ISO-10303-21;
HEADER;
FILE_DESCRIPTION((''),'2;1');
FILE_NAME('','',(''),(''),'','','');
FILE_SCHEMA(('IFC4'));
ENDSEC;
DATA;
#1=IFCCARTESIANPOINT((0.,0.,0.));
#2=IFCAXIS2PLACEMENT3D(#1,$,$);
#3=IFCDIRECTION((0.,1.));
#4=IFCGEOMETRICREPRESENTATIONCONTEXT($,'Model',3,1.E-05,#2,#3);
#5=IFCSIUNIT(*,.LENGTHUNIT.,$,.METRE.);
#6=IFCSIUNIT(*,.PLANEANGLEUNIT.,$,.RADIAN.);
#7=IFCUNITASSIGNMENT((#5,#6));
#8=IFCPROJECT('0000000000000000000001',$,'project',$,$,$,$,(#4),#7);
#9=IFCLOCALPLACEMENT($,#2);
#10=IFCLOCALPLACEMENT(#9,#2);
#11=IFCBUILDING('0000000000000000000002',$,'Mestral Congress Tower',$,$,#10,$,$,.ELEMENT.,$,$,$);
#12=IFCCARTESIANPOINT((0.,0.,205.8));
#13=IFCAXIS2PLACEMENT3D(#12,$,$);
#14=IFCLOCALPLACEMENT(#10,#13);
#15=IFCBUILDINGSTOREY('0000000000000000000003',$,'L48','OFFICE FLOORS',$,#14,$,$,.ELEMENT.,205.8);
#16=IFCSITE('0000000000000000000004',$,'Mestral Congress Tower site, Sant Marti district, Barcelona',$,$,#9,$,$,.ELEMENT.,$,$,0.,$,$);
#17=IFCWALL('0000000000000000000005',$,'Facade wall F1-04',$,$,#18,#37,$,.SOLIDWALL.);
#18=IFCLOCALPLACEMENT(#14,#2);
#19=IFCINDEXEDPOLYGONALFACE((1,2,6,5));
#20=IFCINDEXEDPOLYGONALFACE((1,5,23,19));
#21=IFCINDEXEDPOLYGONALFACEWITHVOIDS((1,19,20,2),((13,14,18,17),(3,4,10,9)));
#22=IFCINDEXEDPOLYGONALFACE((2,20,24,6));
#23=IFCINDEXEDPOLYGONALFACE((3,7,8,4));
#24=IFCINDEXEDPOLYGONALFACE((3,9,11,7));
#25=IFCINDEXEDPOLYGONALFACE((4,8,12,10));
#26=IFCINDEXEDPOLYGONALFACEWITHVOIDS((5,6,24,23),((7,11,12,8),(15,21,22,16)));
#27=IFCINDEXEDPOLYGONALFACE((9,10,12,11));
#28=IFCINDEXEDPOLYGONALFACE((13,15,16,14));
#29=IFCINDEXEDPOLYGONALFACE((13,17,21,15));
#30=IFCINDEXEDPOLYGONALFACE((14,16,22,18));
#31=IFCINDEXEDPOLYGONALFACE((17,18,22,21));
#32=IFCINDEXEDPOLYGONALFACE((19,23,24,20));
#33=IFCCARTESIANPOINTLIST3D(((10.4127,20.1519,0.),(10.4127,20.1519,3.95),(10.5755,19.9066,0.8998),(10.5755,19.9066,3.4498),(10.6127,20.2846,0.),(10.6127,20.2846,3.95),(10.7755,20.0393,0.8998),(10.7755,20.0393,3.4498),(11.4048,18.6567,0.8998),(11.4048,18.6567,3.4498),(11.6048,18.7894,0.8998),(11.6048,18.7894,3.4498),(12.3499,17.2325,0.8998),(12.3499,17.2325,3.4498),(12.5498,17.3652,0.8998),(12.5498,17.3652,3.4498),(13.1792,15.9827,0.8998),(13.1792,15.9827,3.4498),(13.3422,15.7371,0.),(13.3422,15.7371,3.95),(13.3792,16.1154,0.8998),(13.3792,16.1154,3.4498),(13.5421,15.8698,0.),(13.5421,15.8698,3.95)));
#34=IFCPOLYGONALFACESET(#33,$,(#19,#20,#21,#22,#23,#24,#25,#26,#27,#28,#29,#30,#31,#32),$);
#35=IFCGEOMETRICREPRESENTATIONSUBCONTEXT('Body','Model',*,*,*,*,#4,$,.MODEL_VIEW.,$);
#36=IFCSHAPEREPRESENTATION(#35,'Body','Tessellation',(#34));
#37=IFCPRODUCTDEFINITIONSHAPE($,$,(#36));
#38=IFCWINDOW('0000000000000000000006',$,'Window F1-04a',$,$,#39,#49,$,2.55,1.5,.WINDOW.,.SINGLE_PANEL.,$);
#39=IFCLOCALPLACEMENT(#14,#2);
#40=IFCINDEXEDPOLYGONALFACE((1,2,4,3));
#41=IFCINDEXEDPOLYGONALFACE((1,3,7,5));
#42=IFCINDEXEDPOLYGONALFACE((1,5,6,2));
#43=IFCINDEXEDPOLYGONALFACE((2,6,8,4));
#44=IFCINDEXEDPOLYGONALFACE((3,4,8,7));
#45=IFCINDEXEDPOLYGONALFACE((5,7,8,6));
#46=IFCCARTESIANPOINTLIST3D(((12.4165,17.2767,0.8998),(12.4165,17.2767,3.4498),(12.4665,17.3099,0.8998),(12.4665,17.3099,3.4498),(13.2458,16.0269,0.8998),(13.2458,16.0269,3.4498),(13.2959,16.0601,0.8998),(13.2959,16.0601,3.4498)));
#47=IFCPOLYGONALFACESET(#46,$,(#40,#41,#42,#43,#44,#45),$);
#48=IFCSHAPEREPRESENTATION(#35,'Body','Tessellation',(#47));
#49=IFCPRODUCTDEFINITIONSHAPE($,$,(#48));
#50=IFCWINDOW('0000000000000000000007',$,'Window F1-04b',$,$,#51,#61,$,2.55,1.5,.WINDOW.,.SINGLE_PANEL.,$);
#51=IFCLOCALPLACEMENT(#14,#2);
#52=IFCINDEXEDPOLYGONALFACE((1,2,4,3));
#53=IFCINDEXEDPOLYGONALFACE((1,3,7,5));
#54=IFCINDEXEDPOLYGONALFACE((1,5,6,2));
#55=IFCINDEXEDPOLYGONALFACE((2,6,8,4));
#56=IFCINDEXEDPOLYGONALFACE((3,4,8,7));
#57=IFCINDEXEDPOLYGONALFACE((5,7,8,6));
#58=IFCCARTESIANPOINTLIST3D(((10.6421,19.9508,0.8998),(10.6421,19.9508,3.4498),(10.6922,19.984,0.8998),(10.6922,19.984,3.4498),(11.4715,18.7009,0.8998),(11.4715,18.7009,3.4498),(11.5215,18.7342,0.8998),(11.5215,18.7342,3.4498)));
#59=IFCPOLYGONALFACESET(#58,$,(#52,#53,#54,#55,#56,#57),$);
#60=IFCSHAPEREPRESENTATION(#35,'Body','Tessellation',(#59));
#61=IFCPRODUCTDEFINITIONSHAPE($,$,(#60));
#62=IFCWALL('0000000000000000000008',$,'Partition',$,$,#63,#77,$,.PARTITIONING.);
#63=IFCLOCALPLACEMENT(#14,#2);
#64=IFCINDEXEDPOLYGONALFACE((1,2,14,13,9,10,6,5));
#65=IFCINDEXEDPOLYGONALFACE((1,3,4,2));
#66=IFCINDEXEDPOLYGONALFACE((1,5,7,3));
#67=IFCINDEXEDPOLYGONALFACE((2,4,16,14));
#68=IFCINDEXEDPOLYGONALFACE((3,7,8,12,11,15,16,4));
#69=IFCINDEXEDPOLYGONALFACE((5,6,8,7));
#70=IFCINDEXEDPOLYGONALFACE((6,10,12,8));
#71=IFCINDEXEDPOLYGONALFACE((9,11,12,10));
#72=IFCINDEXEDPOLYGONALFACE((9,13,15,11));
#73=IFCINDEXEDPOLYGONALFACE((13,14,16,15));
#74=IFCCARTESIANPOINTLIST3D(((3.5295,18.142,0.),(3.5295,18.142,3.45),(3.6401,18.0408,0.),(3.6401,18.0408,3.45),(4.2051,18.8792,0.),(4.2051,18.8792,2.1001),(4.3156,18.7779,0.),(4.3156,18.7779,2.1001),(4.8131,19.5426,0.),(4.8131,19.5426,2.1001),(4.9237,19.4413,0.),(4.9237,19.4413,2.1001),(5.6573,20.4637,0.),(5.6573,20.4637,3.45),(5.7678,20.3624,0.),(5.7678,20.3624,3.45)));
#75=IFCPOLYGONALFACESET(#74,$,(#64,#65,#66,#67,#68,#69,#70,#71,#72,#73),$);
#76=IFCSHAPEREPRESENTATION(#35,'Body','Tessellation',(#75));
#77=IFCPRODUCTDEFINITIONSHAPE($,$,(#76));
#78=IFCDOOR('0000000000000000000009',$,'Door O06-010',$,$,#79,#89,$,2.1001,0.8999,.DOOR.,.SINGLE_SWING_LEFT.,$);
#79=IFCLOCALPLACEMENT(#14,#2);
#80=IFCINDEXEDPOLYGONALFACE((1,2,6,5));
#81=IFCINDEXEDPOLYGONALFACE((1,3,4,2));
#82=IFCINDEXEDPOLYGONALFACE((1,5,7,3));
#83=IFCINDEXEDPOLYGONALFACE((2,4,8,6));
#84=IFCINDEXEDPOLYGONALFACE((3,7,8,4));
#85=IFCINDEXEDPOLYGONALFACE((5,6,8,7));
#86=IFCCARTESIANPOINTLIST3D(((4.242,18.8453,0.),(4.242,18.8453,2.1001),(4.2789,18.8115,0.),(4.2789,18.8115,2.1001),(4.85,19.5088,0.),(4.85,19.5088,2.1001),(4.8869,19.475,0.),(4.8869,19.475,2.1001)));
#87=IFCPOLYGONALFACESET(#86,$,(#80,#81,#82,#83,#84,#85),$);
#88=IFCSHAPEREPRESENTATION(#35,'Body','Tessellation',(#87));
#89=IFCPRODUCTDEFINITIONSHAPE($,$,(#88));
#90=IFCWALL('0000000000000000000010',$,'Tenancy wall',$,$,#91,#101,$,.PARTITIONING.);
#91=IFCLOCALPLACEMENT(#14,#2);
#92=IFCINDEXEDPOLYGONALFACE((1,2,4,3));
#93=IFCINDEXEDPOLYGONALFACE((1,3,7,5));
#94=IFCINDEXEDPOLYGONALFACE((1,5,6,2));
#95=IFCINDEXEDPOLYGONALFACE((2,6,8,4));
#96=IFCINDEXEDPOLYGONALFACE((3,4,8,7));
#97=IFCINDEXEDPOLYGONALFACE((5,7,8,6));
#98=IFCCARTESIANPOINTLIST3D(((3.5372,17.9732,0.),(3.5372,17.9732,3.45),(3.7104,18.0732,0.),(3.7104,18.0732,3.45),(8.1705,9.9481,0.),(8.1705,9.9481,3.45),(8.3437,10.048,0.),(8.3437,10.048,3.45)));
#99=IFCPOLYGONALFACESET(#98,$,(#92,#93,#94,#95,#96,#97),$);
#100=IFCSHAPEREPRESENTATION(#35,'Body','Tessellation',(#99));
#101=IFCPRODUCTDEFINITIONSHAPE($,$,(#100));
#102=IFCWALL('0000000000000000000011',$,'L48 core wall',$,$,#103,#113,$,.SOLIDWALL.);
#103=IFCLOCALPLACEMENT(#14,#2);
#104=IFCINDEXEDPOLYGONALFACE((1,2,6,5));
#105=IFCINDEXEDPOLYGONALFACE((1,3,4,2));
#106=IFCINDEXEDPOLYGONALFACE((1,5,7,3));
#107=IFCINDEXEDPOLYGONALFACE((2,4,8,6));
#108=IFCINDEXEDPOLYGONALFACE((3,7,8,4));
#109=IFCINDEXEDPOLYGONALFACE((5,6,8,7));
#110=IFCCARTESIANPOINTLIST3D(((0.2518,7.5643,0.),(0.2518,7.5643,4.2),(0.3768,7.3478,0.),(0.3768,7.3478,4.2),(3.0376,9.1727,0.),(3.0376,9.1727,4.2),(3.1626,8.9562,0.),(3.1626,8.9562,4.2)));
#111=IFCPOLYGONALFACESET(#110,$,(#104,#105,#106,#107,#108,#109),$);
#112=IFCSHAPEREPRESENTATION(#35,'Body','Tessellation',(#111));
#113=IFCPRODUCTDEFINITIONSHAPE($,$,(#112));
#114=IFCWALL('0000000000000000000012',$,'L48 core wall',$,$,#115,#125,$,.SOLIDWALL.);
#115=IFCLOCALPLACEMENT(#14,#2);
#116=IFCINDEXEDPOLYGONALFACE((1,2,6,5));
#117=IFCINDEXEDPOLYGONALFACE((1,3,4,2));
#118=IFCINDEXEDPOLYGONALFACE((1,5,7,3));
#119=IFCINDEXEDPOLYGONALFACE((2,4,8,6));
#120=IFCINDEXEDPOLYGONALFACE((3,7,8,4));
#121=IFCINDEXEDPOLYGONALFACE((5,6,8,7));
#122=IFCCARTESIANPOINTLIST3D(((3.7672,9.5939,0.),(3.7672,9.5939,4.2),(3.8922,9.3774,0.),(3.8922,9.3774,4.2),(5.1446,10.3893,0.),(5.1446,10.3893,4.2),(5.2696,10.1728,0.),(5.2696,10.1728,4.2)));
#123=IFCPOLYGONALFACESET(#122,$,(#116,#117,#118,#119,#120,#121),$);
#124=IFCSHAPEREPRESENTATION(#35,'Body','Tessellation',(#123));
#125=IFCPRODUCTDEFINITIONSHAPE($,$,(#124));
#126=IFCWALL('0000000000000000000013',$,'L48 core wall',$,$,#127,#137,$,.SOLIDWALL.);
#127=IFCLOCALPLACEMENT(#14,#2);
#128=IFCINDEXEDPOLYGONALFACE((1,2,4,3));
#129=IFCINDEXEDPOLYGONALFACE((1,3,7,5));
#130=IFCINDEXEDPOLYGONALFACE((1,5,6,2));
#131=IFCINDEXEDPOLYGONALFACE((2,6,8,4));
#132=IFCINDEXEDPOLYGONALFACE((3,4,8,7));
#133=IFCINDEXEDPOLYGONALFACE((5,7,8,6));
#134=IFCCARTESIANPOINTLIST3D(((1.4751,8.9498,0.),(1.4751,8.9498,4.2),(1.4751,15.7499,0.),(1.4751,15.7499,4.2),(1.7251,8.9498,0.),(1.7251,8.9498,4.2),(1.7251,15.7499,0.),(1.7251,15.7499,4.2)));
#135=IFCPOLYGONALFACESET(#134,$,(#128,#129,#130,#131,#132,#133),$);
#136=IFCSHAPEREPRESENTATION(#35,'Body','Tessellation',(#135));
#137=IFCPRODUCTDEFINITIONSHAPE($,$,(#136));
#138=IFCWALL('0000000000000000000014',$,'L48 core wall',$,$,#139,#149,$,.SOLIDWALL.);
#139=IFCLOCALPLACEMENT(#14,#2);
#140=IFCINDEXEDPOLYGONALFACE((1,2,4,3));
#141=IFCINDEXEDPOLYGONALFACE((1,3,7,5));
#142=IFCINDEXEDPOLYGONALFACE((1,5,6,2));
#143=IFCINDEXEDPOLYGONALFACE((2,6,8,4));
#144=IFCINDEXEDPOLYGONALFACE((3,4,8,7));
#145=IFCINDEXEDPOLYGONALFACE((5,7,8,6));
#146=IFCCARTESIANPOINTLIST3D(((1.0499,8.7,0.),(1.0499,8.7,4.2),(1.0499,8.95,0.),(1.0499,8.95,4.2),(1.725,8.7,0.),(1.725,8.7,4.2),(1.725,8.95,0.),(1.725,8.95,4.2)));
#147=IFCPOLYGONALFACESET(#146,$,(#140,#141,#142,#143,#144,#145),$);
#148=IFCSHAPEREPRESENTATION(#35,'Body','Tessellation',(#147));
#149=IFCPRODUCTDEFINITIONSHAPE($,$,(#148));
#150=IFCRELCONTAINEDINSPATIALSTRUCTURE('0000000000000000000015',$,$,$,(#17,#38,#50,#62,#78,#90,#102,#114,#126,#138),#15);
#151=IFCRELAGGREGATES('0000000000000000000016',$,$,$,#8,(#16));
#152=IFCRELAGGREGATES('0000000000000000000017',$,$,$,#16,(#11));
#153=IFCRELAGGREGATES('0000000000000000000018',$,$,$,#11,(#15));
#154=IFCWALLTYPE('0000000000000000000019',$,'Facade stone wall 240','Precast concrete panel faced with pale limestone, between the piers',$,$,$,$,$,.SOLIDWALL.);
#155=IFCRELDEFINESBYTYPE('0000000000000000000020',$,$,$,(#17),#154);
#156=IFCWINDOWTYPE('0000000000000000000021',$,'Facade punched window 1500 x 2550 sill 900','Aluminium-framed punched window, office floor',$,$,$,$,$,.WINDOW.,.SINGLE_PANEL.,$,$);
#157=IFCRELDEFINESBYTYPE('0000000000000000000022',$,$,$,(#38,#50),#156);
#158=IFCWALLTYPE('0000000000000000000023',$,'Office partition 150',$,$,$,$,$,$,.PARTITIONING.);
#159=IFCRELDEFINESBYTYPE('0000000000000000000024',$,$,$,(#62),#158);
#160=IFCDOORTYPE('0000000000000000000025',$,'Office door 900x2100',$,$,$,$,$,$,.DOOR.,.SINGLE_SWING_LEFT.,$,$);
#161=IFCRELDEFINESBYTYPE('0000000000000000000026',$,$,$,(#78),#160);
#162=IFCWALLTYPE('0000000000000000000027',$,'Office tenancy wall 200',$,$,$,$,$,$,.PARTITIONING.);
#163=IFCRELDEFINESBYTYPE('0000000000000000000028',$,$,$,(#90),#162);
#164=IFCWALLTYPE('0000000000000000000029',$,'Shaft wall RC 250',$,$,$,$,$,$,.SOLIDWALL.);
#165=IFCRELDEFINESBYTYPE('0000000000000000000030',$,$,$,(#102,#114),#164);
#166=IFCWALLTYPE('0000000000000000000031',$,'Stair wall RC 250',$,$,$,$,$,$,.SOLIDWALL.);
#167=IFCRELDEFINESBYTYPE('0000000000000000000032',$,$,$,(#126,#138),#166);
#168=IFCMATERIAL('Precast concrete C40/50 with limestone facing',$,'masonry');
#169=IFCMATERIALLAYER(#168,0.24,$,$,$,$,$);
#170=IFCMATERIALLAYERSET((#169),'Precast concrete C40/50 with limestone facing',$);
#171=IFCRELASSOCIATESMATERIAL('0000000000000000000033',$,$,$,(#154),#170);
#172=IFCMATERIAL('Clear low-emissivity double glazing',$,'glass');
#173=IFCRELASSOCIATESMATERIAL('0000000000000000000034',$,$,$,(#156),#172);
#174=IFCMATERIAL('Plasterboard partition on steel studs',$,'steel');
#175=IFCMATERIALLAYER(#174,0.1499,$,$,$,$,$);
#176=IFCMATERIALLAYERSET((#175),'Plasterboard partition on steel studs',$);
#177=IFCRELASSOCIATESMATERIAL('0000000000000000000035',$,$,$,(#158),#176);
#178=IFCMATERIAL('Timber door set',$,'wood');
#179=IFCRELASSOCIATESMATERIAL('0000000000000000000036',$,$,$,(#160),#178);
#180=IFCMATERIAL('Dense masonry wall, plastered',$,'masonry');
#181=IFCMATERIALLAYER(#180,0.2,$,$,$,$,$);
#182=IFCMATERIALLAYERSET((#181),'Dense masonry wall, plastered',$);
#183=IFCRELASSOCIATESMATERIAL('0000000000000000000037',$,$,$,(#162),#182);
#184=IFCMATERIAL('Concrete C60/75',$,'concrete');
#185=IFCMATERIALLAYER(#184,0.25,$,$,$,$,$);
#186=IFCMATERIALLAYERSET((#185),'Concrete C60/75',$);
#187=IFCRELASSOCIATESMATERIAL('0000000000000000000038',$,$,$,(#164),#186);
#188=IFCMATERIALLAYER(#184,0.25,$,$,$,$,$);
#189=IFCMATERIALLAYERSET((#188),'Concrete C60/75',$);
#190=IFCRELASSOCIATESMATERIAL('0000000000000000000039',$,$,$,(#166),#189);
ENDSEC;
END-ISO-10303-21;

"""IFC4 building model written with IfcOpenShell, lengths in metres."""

from ifc_helpers import new_model, si_unit, direction, frame, frame_2d, origin, place, context, subcontext, project, spatial, rectangle, extrude, material, layer, layer_set, type_object, element, fill, save


model = new_model("IFC4")

# Units and contexts
model_context = context("Model", 3, precision=1e-05, world=origin(), true_north=direction((0.0, 1.0)))
body_context = subcontext(model_context, "Body", "Model", "MODEL_VIEW")
ifc_project = project(units=[si_unit("LENGTHUNIT", "METRE"), si_unit("PLANEANGLEUNIT", "RADIAN")], contexts=[model_context])

# Site, building, storey
site_placement = place(None, origin())
site = spatial("IfcSite", under=ifc_project, at=site_placement, Name="Mestral Congress Tower site, Sant Marti district, Barcelona", CompositionType="ELEMENT", RefElevation=0.0)
building_placement = place(site_placement, origin())
building = spatial("IfcBuilding", under=site, at=building_placement, Name="Mestral Congress Tower", CompositionType="ELEMENT")
storey_placement = place(building_placement, frame((0.0, 0.0, 205.8)))
storey = spatial("IfcBuildingStorey", under=building, at=storey_placement, Name="L48", Description="OFFICE FLOORS", CompositionType="ELEMENT", Elevation=205.8)

# Shared definitions
ifc_material_1 = material(Name="Concrete C60/75", Category="concrete")

# Wall, openings, windows
ifc_material_2 = material(Name="Precast concrete C40/50 with limestone facing", Category="masonry")
ifc_layer_1 = layer(ifc_material_2, 0.24)
ifc_layer_set_1 = layer_set([ifc_layer_1], Name="Precast concrete C40/50 with limestone facing")
wall_type_1 = type_object("IfcWallType", Name="Facade stone wall 240", Description="Precast concrete panel faced with pale limestone, between the piers", PredefinedType="SOLIDWALL", material=ifc_layer_set_1)
ifc_material_3 = material(Name="Clear low-emissivity double glazing", Category="glass")
window_type = type_object("IfcWindowType", Name="Facade punched window 1500 x 2550 sill 900", Description="Aluminium-framed punched window, office floor", PartitioningType="SINGLE_PANEL", PredefinedType="WINDOW", material=ifc_material_3)
wall_1_placement = place(storey_placement, frame((13.4421, 15.8035, 0.0), z_axis=(0.0, 0.0, 1.0), x_axis=(-0.552902, 0.833246, 0.0)))
wall_1 = element("IfcWall", 1, at=wall_1_placement, inside=storey, type_object=wall_type_1, Name="Facade wall F1-04", PredefinedType="SOLIDWALL", context=body_context, shape_type="SweptSolid", body=[
    extrude(rectangle(XDim=5.2983, YDim=0.24, at=frame_2d((2.6492, 0.0))), origin(), (0.0, 0.0, 1.0), 3.95),
])
opening_1_placement = place(wall_1_placement, frame((0.2947, 0.0, 0.8999)))
opening_1 = element("IfcOpeningElement", 2, at=opening_1_placement, cuts=wall_1, PredefinedType="OPENING", context=body_context, shape_type="SweptSolid", body=[
    extrude(rectangle(XDim=1.5, YDim=2.55, at=frame_2d((0.75, 1.2749))), frame((0.0, 0.1299, 0.0), z_axis=(0.0, -1.0, 0.0), x_axis=(1.0, 0.0, 0.0)), (0.0, 0.0, 1.0), 0.26),
])
opening_2_placement = place(wall_1_placement, frame((3.5039, 0.0, 0.8999)))
opening_2 = element("IfcOpeningElement", 3, at=opening_2_placement, cuts=wall_1, PredefinedType="OPENING", context=body_context, shape_type="SweptSolid", body=[
    extrude(rectangle(XDim=1.5, YDim=2.55, at=frame_2d((0.75, 1.2749))), frame((0.0, 0.1299, 0.0), z_axis=(0.0, -1.0, 0.0), x_axis=(1.0, 0.0, 0.0)), (0.0, 0.0, 1.0), 0.26),
])
window_1_placement = place(opening_1_placement, origin())
window_1 = element("IfcWindow", 4, at=window_1_placement, inside=storey, type_object=window_type, Name="Window F1-04a", OverallHeight=2.55, OverallWidth=1.5, PartitioningType="SINGLE_PANEL", PredefinedType="WINDOW", context=body_context, shape_type="SweptSolid", body=[
    extrude(rectangle(XDim=1.5, YDim=2.55, at=frame_2d((0.75, 1.2749))), frame((0.0, 0.04, 0.0), z_axis=(0.0, -1.0, 0.0), x_axis=(1.0, 0.0, 0.0)), (0.0, 0.0, 1.0), 0.0601),
])
fill(opening_1, window_1)
window_2_placement = place(opening_2_placement, origin())
window_2 = element("IfcWindow", 5, at=window_2_placement, inside=storey, type_object=window_type, Name="Window F1-04b", OverallHeight=2.55, OverallWidth=1.5, PartitioningType="SINGLE_PANEL", PredefinedType="WINDOW", context=body_context, shape_type="SweptSolid", body=[
    extrude(rectangle(XDim=1.5, YDim=2.55, at=frame_2d((0.75, 1.2749))), frame((0.0, 0.04, 0.0), z_axis=(0.0, -1.0, 0.0), x_axis=(1.0, 0.0, 0.0)), (0.0, 0.0, 1.0), 0.0601),
])
fill(opening_2, window_2)

# Wall, opening, door
ifc_material_4 = material(Name="Plasterboard partition on steel studs", Category="steel")
ifc_layer_2 = layer(ifc_material_4, 0.1499)
ifc_layer_set_2 = layer_set([ifc_layer_2], Name="Plasterboard partition on steel studs")
wall_type_2 = type_object("IfcWallType", Name="Office partition 150", PredefinedType="PARTITIONING", material=ifc_layer_set_2)
wall_2_placement = place(storey_placement, frame((3.5847, 18.0913, 0.0), z_axis=(0.0, 0.0, 1.0), x_axis=(0.675658, 0.737215, 0.0)))
wall_2 = element("IfcWall", 6, at=wall_2_placement, inside=storey, type_object=wall_type_2, Name="Partition", PredefinedType="PARTITIONING", context=body_context, shape_type="SweptSolid", body=[
    extrude(rectangle(XDim=3.1492, YDim=0.1499, at=frame_2d((1.5747, 0.0))), origin(), (0.0, 0.0, 1.0), 3.45),
])
opening_3_placement = place(wall_2_placement, frame((1.0, 0.0, 0.0)))
opening_3 = element("IfcOpeningElement", 7, at=opening_3_placement, cuts=wall_2, PredefinedType="OPENING", context=body_context, shape_type="SweptSolid", body=[
    extrude(rectangle(XDim=0.8999, YDim=2.1001, at=frame_2d((0.45, 1.05))), frame((0.0, 0.085, 0.0), z_axis=(0.0, -1.0, 0.0), x_axis=(1.0, 0.0, 0.0)), (0.0, 0.0, 1.0), 0.1699),
])
ifc_material_5 = material(Name="Timber door set", Category="wood")
door_type_1 = type_object("IfcDoorType", Name="Office door 900x2100", OperationType="SINGLE_SWING_LEFT", PredefinedType="DOOR", material=ifc_material_5)
door_1_placement = place(opening_3_placement, origin())
door_1 = element("IfcDoor", 8, at=door_1_placement, inside=storey, type_object=door_type_1, Name="Door O06-010", OperationType="SINGLE_SWING_LEFT", OverallHeight=2.1001, OverallWidth=0.8999, PredefinedType="DOOR", context=body_context, shape_type="SweptSolid", body=[
    extrude(rectangle(XDim=0.8999, YDim=2.1001, at=frame_2d((0.45, 1.05))), frame((0.0, 0.0249, 0.0), z_axis=(0.0, -1.0, 0.0), x_axis=(1.0, 0.0, 0.0)), (0.0, 0.0, 1.0), 0.05),
])
fill(opening_3, door_1)

# Walls
ifc_material_6 = material(Name="Dense masonry wall, plastered", Category="masonry")
ifc_layer_3 = layer(ifc_material_6, 0.2)
ifc_layer_set_3 = layer_set([ifc_layer_3], Name="Dense masonry wall, plastered")
wall_type_3 = type_object("IfcWallType", Name="Office tenancy wall 200", PredefinedType="PARTITIONING", material=ifc_layer_set_3)
wall_3_placement = place(storey_placement, frame((8.2571, 9.998, 0.0), z_axis=(0.0, 0.0, 1.0), x_axis=(-0.499998, 0.866026, 0.0)))
element("IfcWall", 9, at=wall_3_placement, inside=storey, type_object=wall_type_3, Name="Tenancy wall", PredefinedType="PARTITIONING", context=body_context, shape_type="SweptSolid", body=[
    extrude(rectangle(XDim=9.2666, YDim=0.2, at=frame_2d((4.6333, 0.0))), origin(), (0.0, 0.0, 1.0), 3.45),
])
ifc_layer_4 = layer(ifc_material_1, 0.25)
ifc_layer_set_4 = layer_set([ifc_layer_4], Name="Concrete C60/75")
wall_type_4 = type_object("IfcWallType", Name="Shaft wall RC 250", PredefinedType="SOLIDWALL", material=ifc_layer_set_4)
wall_4_placement = place(storey_placement, frame((3.1001, 9.0645, 0.0), z_axis=(0.0, 0.0, 1.0), x_axis=(-0.86603, -0.499992, 0.0)))
element("IfcWall", 10, at=wall_4_placement, inside=storey, type_object=wall_type_4, Name="L48 core wall", PredefinedType="SOLIDWALL", context=body_context, shape_type="SweptSolid", body=[
    extrude(rectangle(XDim=3.2168, YDim=0.25, at=frame_2d((1.6084, 0.0))), origin(), (0.0, 0.0, 1.0), 4.2),
])
wall_5_placement = place(storey_placement, frame((3.8296, 9.4856, 0.0), z_axis=(0.0, 0.0, 1.0), x_axis=(0.865986, 0.500068, 0.0)))
element("IfcWall", 11, at=wall_5_placement, inside=storey, type_object=wall_type_4, Name="L48 core wall", PredefinedType="SOLIDWALL", context=body_context, shape_type="SweptSolid", body=[
    extrude(rectangle(XDim=1.5906, YDim=0.25, at=frame_2d((0.7954, 0.0))), origin(), (0.0, 0.0, 1.0), 4.2),
])
ifc_layer_5 = layer(ifc_material_1, 0.25)
ifc_layer_set_5 = layer_set([ifc_layer_5], Name="Concrete C60/75")
wall_type_5 = type_object("IfcWallType", Name="Stair wall RC 250", PredefinedType="SOLIDWALL", material=ifc_layer_set_5)
wall_6_placement = place(storey_placement, frame((1.6001, 8.95, 0.0), z_axis=(0.0, 0.0, 1.0), x_axis=(0.0, 1.0, 0.0)))
element("IfcWall", 12, at=wall_6_placement, inside=storey, type_object=wall_type_5, Name="L48 core wall", PredefinedType="SOLIDWALL", context=body_context, shape_type="SweptSolid", body=[
    extrude(rectangle(XDim=6.8, YDim=0.25, at=frame_2d((3.3999, 0.0))), origin(), (0.0, 0.0, 1.0), 4.2),
])
wall_7_placement = place(storey_placement, frame((1.05, 8.825, 0.0), z_axis=(0.0, 0.0, 1.0), x_axis=(1.0, 0.0, 0.0)))
element("IfcWall", 13, at=wall_7_placement, inside=storey, type_object=wall_type_5, Name="L48 core wall", PredefinedType="SOLIDWALL", context=body_context, shape_type="SweptSolid", body=[
    extrude(rectangle(XDim=0.675, YDim=0.25, at=frame_2d((0.3374, 0.0))), origin(), (0.0, 0.0, 1.0), 4.2),
])

save(model, "model.ifc")
